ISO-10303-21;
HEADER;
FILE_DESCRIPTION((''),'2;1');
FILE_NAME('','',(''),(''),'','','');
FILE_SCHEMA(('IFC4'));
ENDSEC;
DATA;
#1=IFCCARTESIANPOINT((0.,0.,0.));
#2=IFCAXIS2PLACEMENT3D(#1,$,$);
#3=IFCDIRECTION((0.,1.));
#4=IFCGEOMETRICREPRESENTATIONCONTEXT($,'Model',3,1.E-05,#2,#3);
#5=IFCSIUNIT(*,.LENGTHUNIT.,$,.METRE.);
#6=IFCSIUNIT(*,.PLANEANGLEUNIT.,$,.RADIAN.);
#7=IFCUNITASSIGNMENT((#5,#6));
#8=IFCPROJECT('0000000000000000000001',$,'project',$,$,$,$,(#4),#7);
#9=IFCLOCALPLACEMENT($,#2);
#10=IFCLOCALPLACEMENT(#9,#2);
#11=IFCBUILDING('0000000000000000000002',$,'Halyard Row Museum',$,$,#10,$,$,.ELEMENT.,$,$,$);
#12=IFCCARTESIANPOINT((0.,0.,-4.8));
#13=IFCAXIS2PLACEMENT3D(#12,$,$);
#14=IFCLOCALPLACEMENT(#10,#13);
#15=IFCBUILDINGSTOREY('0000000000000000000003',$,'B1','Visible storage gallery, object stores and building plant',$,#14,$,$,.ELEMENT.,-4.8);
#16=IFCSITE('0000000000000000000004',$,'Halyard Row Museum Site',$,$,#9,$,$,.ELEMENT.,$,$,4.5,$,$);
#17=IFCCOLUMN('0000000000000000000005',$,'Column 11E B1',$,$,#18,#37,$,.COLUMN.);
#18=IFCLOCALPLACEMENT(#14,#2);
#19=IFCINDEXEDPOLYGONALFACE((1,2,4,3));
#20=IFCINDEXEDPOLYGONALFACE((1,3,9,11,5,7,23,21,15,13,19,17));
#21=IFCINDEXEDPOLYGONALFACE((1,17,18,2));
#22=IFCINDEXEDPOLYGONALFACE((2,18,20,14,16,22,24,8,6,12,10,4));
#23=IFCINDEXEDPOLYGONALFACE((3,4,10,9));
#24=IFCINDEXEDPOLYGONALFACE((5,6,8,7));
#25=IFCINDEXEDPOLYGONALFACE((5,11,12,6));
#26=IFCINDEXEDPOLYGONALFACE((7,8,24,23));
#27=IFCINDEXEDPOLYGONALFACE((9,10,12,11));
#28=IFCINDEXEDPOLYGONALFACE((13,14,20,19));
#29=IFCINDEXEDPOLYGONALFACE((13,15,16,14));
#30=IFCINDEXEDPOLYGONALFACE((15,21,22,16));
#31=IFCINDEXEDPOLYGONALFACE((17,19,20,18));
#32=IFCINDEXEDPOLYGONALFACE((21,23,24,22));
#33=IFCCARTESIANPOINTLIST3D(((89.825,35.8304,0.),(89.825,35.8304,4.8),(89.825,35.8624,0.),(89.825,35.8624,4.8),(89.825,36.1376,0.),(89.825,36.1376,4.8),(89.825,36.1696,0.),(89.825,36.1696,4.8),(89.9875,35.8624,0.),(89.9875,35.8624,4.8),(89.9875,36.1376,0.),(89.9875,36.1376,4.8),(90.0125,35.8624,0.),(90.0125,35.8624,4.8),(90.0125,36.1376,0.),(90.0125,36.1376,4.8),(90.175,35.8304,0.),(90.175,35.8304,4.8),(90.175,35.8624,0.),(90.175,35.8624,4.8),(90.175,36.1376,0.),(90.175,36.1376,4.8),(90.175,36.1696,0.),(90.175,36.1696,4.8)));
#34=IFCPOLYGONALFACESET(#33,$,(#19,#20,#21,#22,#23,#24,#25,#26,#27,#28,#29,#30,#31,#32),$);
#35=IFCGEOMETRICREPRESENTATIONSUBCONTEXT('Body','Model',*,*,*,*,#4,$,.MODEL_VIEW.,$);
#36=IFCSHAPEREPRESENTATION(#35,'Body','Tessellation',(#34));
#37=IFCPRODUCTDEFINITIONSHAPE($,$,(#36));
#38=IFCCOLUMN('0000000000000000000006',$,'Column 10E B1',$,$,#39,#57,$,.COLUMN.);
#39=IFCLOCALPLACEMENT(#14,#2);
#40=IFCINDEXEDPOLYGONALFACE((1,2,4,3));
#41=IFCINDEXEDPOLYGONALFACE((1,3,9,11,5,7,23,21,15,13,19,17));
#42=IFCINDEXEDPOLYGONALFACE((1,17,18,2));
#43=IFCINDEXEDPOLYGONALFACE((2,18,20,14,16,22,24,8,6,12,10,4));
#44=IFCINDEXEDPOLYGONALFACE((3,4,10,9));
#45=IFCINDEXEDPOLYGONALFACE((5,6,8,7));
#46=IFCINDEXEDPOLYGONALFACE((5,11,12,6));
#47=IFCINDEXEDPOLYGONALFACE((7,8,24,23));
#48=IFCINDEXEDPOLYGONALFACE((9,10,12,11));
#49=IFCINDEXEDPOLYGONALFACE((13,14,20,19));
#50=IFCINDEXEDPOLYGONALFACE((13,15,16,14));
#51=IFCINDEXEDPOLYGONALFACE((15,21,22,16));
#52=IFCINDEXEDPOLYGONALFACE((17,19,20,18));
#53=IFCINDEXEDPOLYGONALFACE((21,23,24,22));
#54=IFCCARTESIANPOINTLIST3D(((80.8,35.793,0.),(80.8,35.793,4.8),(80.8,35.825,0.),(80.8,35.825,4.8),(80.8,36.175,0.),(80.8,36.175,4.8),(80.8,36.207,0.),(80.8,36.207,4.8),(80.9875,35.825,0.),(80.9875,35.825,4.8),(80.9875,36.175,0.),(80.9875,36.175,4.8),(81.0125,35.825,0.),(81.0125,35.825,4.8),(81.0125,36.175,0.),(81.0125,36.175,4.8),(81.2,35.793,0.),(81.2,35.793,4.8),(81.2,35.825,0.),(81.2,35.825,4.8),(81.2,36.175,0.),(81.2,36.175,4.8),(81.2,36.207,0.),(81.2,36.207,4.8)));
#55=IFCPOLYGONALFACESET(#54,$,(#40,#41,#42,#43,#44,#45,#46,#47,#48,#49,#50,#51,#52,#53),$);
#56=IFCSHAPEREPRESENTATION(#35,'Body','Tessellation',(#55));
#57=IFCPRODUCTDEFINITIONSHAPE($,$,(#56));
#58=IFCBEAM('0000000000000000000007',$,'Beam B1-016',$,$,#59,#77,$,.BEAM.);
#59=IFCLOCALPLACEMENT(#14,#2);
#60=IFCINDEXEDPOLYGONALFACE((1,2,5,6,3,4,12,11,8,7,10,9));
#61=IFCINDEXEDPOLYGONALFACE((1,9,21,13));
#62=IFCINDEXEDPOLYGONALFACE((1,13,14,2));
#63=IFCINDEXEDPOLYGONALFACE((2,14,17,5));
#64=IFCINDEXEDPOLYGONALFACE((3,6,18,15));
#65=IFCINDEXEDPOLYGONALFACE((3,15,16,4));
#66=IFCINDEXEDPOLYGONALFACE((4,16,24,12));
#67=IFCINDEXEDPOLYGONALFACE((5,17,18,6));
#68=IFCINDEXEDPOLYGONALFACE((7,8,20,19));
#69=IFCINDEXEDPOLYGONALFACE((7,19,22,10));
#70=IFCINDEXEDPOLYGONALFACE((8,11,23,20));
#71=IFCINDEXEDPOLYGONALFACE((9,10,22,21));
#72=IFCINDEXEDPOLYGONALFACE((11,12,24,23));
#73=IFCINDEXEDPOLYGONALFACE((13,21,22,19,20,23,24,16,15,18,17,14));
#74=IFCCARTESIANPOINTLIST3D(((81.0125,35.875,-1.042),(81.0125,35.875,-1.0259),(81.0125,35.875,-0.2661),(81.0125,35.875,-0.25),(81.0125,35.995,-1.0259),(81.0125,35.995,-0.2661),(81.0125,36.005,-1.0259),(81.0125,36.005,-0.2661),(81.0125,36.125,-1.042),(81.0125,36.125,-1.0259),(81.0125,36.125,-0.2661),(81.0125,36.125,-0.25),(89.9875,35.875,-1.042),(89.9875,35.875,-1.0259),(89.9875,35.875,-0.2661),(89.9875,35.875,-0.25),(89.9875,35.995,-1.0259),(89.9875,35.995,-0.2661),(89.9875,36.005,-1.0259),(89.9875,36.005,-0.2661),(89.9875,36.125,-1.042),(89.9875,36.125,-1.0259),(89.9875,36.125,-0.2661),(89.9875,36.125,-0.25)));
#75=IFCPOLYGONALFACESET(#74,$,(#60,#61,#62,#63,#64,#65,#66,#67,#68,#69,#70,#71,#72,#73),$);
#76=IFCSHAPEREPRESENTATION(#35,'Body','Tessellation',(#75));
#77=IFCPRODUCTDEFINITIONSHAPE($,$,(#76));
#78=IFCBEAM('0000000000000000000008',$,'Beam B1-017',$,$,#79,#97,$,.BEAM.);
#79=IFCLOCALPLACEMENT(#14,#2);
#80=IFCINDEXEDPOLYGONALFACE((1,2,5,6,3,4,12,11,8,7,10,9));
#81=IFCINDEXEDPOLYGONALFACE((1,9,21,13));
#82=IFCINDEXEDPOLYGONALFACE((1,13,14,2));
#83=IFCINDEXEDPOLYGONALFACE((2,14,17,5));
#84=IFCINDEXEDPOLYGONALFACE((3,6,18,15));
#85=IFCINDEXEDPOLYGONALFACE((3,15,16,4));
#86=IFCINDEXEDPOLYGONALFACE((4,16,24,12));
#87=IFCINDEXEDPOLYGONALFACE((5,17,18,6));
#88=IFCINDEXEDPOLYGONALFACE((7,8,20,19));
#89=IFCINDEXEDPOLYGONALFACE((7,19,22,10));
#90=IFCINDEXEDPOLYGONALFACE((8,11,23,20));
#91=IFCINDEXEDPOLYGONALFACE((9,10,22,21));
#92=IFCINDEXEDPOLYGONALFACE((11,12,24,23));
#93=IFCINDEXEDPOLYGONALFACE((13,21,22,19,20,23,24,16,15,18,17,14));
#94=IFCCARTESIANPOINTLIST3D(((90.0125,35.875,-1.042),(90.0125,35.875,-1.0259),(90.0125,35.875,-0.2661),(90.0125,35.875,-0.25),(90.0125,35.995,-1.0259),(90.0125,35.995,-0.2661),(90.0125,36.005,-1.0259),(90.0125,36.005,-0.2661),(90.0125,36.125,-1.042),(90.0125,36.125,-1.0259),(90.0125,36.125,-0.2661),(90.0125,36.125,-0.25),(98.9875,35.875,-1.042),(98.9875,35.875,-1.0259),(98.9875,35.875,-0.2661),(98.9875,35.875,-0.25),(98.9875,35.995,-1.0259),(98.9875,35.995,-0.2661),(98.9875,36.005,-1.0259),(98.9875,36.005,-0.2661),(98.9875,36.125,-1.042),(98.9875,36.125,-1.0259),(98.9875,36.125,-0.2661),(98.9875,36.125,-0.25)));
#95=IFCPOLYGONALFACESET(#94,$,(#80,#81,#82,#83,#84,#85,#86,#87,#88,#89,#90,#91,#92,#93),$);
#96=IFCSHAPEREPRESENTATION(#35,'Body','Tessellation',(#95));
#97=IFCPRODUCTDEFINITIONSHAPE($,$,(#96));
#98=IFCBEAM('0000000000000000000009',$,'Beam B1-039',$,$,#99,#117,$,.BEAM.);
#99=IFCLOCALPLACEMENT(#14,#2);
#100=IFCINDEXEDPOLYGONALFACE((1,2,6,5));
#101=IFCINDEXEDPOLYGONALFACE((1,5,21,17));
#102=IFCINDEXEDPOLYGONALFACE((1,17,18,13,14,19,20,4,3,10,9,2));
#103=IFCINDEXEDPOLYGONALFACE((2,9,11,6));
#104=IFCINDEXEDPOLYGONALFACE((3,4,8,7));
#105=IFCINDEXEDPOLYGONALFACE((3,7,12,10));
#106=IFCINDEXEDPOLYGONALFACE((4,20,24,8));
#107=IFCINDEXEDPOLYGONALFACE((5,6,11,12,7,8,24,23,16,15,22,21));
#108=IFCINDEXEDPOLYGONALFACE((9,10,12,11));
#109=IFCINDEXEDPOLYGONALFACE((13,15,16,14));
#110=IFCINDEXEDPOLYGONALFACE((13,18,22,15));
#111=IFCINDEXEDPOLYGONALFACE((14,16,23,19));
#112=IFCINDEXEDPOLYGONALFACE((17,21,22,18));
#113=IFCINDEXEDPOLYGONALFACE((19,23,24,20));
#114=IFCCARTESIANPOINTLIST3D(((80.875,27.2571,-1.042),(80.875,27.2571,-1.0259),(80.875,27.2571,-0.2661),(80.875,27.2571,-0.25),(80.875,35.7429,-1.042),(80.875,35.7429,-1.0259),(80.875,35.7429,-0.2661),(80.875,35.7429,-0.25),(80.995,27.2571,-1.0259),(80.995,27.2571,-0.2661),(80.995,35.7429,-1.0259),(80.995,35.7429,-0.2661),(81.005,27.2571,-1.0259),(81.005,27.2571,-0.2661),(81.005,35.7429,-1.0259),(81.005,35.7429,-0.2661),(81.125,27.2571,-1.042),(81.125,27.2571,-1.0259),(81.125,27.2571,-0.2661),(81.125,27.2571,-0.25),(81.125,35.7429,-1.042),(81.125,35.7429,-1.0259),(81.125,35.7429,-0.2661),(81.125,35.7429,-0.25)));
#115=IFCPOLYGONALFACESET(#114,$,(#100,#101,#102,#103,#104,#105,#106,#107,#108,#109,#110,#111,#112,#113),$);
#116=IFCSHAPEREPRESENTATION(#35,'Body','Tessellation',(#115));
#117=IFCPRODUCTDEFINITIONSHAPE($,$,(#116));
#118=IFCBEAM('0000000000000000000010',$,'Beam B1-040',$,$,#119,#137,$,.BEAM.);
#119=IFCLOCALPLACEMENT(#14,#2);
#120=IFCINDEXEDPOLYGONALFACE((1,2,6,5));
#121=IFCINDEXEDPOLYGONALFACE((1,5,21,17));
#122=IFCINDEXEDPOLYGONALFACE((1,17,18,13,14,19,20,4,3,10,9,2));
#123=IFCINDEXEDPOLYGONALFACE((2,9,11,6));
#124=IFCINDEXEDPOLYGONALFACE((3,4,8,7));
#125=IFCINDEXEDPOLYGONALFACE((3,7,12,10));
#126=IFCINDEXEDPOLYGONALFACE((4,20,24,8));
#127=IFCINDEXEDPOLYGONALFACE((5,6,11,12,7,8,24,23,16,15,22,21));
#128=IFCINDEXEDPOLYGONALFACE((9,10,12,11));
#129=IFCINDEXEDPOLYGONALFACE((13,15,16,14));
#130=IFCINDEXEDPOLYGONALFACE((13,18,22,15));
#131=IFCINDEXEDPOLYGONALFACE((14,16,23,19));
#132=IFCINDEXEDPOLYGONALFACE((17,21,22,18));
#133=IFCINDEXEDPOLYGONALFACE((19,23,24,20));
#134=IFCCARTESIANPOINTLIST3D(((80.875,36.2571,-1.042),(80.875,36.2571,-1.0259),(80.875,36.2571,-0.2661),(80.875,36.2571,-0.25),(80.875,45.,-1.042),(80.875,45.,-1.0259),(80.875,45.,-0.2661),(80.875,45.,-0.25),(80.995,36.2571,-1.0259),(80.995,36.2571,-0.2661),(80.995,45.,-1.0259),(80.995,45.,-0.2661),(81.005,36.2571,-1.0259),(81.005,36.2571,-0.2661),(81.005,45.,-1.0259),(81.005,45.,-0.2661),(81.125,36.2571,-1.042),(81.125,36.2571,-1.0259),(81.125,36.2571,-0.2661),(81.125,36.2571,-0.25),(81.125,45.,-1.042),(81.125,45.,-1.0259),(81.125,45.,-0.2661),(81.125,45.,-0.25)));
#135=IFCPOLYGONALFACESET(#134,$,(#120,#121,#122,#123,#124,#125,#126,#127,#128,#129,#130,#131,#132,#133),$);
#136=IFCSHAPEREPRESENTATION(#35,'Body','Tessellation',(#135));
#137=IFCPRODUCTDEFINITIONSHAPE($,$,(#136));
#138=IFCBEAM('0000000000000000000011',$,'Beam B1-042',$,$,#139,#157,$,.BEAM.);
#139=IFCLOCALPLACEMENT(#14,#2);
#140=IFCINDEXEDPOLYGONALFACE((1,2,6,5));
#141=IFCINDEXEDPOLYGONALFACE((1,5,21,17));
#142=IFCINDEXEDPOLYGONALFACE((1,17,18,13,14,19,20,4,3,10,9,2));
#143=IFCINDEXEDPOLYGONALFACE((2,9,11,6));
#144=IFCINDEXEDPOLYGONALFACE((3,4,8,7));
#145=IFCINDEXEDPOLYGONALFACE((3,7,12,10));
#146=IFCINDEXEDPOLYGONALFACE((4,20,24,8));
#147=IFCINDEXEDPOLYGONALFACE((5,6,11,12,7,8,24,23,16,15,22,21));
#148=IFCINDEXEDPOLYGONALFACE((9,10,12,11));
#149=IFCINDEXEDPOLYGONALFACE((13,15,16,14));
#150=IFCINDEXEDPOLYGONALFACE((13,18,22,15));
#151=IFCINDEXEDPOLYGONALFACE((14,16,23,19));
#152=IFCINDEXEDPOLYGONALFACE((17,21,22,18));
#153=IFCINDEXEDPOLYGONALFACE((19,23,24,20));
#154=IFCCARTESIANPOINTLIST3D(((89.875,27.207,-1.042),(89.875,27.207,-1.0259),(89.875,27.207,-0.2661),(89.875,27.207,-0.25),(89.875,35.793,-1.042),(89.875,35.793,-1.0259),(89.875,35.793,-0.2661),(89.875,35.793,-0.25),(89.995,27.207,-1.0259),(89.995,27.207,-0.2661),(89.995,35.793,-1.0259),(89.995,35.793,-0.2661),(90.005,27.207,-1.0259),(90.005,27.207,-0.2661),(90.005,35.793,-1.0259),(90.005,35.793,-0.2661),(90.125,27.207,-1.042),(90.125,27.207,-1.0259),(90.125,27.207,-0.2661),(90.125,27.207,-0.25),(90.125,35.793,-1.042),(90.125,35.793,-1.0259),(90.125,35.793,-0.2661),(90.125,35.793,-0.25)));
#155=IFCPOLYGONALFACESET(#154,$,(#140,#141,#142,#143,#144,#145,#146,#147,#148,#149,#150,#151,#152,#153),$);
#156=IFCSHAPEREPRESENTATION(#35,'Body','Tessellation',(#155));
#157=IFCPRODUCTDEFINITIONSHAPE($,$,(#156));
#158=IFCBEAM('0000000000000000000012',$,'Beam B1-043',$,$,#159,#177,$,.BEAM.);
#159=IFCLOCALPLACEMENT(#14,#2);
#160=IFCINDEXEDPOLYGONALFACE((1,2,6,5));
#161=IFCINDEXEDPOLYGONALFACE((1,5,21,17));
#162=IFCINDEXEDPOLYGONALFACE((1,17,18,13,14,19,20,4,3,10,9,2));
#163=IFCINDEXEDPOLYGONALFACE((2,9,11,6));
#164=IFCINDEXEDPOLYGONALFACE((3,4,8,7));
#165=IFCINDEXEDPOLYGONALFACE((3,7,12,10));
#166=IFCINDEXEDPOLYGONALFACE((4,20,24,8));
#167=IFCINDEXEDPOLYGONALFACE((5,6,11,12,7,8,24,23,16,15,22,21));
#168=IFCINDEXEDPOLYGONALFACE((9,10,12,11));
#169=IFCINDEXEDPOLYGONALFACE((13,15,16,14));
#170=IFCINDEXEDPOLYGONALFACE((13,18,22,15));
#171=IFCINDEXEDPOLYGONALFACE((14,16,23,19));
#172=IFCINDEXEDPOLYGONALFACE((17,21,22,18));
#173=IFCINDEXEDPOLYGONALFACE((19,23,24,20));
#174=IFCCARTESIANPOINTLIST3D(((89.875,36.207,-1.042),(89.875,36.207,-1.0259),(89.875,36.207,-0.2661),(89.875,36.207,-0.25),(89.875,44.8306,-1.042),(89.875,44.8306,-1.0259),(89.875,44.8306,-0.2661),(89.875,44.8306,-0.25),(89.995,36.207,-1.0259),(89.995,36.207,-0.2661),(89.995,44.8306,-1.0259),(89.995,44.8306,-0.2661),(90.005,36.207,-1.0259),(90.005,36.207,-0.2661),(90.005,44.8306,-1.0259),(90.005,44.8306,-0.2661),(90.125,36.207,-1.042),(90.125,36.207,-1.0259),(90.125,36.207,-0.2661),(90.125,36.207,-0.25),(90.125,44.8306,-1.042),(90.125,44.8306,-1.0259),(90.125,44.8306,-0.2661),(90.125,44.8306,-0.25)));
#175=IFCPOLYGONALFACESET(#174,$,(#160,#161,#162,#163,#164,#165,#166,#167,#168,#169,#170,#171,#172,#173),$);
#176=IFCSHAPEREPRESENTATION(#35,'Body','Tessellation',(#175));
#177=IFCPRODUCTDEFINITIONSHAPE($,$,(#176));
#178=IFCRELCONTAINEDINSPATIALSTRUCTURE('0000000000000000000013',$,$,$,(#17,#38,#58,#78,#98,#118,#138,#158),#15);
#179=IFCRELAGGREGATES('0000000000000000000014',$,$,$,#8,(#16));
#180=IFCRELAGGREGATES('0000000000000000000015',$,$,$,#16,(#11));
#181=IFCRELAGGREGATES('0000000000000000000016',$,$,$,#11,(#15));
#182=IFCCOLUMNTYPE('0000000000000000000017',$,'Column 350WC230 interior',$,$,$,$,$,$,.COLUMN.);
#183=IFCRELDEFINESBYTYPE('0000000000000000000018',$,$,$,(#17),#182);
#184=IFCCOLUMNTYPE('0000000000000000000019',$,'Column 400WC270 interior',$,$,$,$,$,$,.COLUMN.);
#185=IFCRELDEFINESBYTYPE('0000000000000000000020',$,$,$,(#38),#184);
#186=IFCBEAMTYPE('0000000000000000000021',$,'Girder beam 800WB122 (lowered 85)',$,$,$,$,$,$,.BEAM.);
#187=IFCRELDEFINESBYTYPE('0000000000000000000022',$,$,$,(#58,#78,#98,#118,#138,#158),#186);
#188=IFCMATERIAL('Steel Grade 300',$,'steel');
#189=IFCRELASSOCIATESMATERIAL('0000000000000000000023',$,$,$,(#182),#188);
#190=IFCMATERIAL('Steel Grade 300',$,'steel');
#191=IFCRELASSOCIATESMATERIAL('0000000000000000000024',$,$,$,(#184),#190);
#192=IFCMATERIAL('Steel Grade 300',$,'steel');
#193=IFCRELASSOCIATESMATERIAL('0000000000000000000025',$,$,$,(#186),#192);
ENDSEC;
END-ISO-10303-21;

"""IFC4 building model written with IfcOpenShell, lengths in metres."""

from ifc_helpers import new_model, si_unit, direction, frame, origin, origin_2d, place, context, subcontext, project, spatial, i_section, extrude, material, material_profile, profile_set, type_object, element, save


model = new_model("IFC4")

# Units and contexts
model_context = context("Model", 3, precision=1e-05, world=origin(), true_north=direction((0.0, 1.0)))
body_context = subcontext(model_context, "Body", "Model", "MODEL_VIEW")
ifc_project = project(units=[si_unit("LENGTHUNIT", "METRE"), si_unit("PLANEANGLEUNIT", "RADIAN")], contexts=[model_context])

# Site, building, storey
site_placement = place(None, origin())
site = spatial("IfcSite", under=ifc_project, at=site_placement, Name="Halyard Row Museum Site", CompositionType="ELEMENT", RefElevation=4.5)
building_placement = place(site_placement, origin())
building = spatial("IfcBuilding", under=site, at=building_placement, Name="Halyard Row Museum", CompositionType="ELEMENT")
storey_placement = place(building_placement, frame((0.0, 0.0, -4.8)))
storey = spatial("IfcBuildingStorey", under=building, at=storey_placement, Name="B1", Description="Visible storage gallery, object stores and building plant", CompositionType="ELEMENT", Elevation=-4.8)

# Columns
ifc_material_1 = material(Name="Steel Grade 300", Category="steel")
ifc_material_profile_1 = material_profile(ifc_material_1, i_section(OverallWidth=0.3501, OverallDepth=0.3391, WebThickness=0.0249, FlangeThickness=0.032, at=origin_2d()), Name="350WC230")
ifc_profile_set_1 = profile_set([ifc_material_profile_1], Name="Steel Grade 300")
column_type_1 = type_object("IfcColumnType", Name="Column 350WC230 interior", PredefinedType="COLUMN", material=ifc_profile_set_1)
column_1_placement = place(storey_placement, frame((90.0, 36.0, 0.0), z_axis=(0.0, 0.0, 1.0), x_axis=(1.0, 0.0, 0.0)))
element("IfcColumn", 1, at=column_1_placement, inside=storey, type_object=column_type_1, Name="Column 11E B1", PredefinedType="COLUMN", context=body_context, shape_type="SweptSolid", body=[
    extrude(i_section(OverallWidth=0.3501, OverallDepth=0.3391, WebThickness=0.0249, FlangeThickness=0.032, at=origin_2d()), origin(), (0.0, 0.0, 1.0), 4.8),
])
ifc_material_2 = material(Name="Steel Grade 300", Category="steel")
ifc_material_profile_2 = material_profile(ifc_material_2, i_section(OverallWidth=0.3999, OverallDepth=0.4141, WebThickness=0.0249, FlangeThickness=0.032, at=origin_2d()), Name="400WC270")
ifc_profile_set_2 = profile_set([ifc_material_profile_2], Name="Steel Grade 300")
column_type_2 = type_object("IfcColumnType", Name="Column 400WC270 interior", PredefinedType="COLUMN", material=ifc_profile_set_2)
column_2_placement = place(storey_placement, frame((81.0, 36.0, 0.0), z_axis=(0.0, 0.0, 1.0), x_axis=(1.0, 0.0, 0.0)))
element("IfcColumn", 2, at=column_2_placement, inside=storey, type_object=column_type_2, Name="Column 10E B1", PredefinedType="COLUMN", context=body_context, shape_type="SweptSolid", body=[
    extrude(i_section(OverallWidth=0.3999, OverallDepth=0.4141, WebThickness=0.0249, FlangeThickness=0.032, at=origin_2d()), origin(), (0.0, 0.0, 1.0), 4.8),
])

# Beams
ifc_material_3 = material(Name="Steel Grade 300", Category="steel")
ifc_material_profile_3 = material_profile(ifc_material_3, i_section(OverallWidth=0.25, OverallDepth=0.792, WebThickness=0.01, FlangeThickness=0.0161, at=origin_2d()), Name="800WB122")
ifc_profile_set_3 = profile_set([ifc_material_profile_3], Name="Steel Grade 300")
beam_type_1 = type_object("IfcBeamType", Name="Girder beam 800WB122 (lowered 85)", PredefinedType="BEAM", material=ifc_profile_set_3)
for number, where, z_axis, x_axis, name in (
    (3, (81.0125, 36.0, -0.646), (1.0, 0.0, 0.0), (0.0, 1.0, 0.0), "Beam B1-016"),
    (4, (90.0125, 36.0, -0.646), (1.0, 0.0, 0.0), (0.0, 1.0, 0.0), "Beam B1-017"),
):
    element("IfcBeam", number, at=place(storey_placement, frame(where, z_axis=z_axis, x_axis=x_axis)), inside=storey, type_object=beam_type_1, Name=name, PredefinedType="BEAM", context=body_context, shape_type="SweptSolid", body=[
        extrude(i_section(OverallWidth=0.25, OverallDepth=0.792, WebThickness=0.01, FlangeThickness=0.0161, at=origin_2d()), origin(), (0.0, 0.0, 1.0), 8.9751),
    ])
beam_1_placement = place(storey_placement, frame((81.0, 27.2571, -0.646), z_axis=(0.0, 1.0, 0.0), x_axis=(-1.0, 0.0, 0.0)))
element("IfcBeam", 5, at=beam_1_placement, inside=storey, type_object=beam_type_1, Name="Beam B1-039", PredefinedType="BEAM", context=body_context, shape_type="SweptSolid", body=[
    extrude(i_section(OverallWidth=0.25, OverallDepth=0.792, WebThickness=0.01, FlangeThickness=0.0161, at=origin_2d()), origin(), (0.0, 0.0, 1.0), 8.4858),
])
beam_2_placement = place(storey_placement, frame((81.0, 36.2571, -0.646), z_axis=(0.0, 1.0, 0.0), x_axis=(-1.0, 0.0, 0.0)))
element("IfcBeam", 6, at=beam_2_placement, inside=storey, type_object=beam_type_1, Name="Beam B1-040", PredefinedType="BEAM", context=body_context, shape_type="SweptSolid", body=[
    extrude(i_section(OverallWidth=0.25, OverallDepth=0.792, WebThickness=0.01, FlangeThickness=0.0161, at=origin_2d()), origin(), (0.0, 0.0, 1.0), 8.7429),
])
beam_3_placement = place(storey_placement, frame((90.0, 27.207, -0.646), z_axis=(0.0, 1.0, 0.0), x_axis=(-1.0, 0.0, 0.0)))
element("IfcBeam", 7, at=beam_3_placement, inside=storey, type_object=beam_type_1, Name="Beam B1-042", PredefinedType="BEAM", context=body_context, shape_type="SweptSolid", body=[
    extrude(i_section(OverallWidth=0.25, OverallDepth=0.792, WebThickness=0.01, FlangeThickness=0.0161, at=origin_2d()), origin(), (0.0, 0.0, 1.0), 8.5859),
])
beam_4_placement = place(storey_placement, frame((90.0, 36.207, -0.646), z_axis=(0.0, 1.0, 0.0), x_axis=(-1.0, 0.0, 0.0)))
element("IfcBeam", 8, at=beam_4_placement, inside=storey, type_object=beam_type_1, Name="Beam B1-043", PredefinedType="BEAM", context=body_context, shape_type="SweptSolid", body=[
    extrude(i_section(OverallWidth=0.25, OverallDepth=0.792, WebThickness=0.01, FlangeThickness=0.0161, at=origin_2d()), origin(), (0.0, 0.0, 1.0), 8.6235),
])

save(model, "model.ifc")
